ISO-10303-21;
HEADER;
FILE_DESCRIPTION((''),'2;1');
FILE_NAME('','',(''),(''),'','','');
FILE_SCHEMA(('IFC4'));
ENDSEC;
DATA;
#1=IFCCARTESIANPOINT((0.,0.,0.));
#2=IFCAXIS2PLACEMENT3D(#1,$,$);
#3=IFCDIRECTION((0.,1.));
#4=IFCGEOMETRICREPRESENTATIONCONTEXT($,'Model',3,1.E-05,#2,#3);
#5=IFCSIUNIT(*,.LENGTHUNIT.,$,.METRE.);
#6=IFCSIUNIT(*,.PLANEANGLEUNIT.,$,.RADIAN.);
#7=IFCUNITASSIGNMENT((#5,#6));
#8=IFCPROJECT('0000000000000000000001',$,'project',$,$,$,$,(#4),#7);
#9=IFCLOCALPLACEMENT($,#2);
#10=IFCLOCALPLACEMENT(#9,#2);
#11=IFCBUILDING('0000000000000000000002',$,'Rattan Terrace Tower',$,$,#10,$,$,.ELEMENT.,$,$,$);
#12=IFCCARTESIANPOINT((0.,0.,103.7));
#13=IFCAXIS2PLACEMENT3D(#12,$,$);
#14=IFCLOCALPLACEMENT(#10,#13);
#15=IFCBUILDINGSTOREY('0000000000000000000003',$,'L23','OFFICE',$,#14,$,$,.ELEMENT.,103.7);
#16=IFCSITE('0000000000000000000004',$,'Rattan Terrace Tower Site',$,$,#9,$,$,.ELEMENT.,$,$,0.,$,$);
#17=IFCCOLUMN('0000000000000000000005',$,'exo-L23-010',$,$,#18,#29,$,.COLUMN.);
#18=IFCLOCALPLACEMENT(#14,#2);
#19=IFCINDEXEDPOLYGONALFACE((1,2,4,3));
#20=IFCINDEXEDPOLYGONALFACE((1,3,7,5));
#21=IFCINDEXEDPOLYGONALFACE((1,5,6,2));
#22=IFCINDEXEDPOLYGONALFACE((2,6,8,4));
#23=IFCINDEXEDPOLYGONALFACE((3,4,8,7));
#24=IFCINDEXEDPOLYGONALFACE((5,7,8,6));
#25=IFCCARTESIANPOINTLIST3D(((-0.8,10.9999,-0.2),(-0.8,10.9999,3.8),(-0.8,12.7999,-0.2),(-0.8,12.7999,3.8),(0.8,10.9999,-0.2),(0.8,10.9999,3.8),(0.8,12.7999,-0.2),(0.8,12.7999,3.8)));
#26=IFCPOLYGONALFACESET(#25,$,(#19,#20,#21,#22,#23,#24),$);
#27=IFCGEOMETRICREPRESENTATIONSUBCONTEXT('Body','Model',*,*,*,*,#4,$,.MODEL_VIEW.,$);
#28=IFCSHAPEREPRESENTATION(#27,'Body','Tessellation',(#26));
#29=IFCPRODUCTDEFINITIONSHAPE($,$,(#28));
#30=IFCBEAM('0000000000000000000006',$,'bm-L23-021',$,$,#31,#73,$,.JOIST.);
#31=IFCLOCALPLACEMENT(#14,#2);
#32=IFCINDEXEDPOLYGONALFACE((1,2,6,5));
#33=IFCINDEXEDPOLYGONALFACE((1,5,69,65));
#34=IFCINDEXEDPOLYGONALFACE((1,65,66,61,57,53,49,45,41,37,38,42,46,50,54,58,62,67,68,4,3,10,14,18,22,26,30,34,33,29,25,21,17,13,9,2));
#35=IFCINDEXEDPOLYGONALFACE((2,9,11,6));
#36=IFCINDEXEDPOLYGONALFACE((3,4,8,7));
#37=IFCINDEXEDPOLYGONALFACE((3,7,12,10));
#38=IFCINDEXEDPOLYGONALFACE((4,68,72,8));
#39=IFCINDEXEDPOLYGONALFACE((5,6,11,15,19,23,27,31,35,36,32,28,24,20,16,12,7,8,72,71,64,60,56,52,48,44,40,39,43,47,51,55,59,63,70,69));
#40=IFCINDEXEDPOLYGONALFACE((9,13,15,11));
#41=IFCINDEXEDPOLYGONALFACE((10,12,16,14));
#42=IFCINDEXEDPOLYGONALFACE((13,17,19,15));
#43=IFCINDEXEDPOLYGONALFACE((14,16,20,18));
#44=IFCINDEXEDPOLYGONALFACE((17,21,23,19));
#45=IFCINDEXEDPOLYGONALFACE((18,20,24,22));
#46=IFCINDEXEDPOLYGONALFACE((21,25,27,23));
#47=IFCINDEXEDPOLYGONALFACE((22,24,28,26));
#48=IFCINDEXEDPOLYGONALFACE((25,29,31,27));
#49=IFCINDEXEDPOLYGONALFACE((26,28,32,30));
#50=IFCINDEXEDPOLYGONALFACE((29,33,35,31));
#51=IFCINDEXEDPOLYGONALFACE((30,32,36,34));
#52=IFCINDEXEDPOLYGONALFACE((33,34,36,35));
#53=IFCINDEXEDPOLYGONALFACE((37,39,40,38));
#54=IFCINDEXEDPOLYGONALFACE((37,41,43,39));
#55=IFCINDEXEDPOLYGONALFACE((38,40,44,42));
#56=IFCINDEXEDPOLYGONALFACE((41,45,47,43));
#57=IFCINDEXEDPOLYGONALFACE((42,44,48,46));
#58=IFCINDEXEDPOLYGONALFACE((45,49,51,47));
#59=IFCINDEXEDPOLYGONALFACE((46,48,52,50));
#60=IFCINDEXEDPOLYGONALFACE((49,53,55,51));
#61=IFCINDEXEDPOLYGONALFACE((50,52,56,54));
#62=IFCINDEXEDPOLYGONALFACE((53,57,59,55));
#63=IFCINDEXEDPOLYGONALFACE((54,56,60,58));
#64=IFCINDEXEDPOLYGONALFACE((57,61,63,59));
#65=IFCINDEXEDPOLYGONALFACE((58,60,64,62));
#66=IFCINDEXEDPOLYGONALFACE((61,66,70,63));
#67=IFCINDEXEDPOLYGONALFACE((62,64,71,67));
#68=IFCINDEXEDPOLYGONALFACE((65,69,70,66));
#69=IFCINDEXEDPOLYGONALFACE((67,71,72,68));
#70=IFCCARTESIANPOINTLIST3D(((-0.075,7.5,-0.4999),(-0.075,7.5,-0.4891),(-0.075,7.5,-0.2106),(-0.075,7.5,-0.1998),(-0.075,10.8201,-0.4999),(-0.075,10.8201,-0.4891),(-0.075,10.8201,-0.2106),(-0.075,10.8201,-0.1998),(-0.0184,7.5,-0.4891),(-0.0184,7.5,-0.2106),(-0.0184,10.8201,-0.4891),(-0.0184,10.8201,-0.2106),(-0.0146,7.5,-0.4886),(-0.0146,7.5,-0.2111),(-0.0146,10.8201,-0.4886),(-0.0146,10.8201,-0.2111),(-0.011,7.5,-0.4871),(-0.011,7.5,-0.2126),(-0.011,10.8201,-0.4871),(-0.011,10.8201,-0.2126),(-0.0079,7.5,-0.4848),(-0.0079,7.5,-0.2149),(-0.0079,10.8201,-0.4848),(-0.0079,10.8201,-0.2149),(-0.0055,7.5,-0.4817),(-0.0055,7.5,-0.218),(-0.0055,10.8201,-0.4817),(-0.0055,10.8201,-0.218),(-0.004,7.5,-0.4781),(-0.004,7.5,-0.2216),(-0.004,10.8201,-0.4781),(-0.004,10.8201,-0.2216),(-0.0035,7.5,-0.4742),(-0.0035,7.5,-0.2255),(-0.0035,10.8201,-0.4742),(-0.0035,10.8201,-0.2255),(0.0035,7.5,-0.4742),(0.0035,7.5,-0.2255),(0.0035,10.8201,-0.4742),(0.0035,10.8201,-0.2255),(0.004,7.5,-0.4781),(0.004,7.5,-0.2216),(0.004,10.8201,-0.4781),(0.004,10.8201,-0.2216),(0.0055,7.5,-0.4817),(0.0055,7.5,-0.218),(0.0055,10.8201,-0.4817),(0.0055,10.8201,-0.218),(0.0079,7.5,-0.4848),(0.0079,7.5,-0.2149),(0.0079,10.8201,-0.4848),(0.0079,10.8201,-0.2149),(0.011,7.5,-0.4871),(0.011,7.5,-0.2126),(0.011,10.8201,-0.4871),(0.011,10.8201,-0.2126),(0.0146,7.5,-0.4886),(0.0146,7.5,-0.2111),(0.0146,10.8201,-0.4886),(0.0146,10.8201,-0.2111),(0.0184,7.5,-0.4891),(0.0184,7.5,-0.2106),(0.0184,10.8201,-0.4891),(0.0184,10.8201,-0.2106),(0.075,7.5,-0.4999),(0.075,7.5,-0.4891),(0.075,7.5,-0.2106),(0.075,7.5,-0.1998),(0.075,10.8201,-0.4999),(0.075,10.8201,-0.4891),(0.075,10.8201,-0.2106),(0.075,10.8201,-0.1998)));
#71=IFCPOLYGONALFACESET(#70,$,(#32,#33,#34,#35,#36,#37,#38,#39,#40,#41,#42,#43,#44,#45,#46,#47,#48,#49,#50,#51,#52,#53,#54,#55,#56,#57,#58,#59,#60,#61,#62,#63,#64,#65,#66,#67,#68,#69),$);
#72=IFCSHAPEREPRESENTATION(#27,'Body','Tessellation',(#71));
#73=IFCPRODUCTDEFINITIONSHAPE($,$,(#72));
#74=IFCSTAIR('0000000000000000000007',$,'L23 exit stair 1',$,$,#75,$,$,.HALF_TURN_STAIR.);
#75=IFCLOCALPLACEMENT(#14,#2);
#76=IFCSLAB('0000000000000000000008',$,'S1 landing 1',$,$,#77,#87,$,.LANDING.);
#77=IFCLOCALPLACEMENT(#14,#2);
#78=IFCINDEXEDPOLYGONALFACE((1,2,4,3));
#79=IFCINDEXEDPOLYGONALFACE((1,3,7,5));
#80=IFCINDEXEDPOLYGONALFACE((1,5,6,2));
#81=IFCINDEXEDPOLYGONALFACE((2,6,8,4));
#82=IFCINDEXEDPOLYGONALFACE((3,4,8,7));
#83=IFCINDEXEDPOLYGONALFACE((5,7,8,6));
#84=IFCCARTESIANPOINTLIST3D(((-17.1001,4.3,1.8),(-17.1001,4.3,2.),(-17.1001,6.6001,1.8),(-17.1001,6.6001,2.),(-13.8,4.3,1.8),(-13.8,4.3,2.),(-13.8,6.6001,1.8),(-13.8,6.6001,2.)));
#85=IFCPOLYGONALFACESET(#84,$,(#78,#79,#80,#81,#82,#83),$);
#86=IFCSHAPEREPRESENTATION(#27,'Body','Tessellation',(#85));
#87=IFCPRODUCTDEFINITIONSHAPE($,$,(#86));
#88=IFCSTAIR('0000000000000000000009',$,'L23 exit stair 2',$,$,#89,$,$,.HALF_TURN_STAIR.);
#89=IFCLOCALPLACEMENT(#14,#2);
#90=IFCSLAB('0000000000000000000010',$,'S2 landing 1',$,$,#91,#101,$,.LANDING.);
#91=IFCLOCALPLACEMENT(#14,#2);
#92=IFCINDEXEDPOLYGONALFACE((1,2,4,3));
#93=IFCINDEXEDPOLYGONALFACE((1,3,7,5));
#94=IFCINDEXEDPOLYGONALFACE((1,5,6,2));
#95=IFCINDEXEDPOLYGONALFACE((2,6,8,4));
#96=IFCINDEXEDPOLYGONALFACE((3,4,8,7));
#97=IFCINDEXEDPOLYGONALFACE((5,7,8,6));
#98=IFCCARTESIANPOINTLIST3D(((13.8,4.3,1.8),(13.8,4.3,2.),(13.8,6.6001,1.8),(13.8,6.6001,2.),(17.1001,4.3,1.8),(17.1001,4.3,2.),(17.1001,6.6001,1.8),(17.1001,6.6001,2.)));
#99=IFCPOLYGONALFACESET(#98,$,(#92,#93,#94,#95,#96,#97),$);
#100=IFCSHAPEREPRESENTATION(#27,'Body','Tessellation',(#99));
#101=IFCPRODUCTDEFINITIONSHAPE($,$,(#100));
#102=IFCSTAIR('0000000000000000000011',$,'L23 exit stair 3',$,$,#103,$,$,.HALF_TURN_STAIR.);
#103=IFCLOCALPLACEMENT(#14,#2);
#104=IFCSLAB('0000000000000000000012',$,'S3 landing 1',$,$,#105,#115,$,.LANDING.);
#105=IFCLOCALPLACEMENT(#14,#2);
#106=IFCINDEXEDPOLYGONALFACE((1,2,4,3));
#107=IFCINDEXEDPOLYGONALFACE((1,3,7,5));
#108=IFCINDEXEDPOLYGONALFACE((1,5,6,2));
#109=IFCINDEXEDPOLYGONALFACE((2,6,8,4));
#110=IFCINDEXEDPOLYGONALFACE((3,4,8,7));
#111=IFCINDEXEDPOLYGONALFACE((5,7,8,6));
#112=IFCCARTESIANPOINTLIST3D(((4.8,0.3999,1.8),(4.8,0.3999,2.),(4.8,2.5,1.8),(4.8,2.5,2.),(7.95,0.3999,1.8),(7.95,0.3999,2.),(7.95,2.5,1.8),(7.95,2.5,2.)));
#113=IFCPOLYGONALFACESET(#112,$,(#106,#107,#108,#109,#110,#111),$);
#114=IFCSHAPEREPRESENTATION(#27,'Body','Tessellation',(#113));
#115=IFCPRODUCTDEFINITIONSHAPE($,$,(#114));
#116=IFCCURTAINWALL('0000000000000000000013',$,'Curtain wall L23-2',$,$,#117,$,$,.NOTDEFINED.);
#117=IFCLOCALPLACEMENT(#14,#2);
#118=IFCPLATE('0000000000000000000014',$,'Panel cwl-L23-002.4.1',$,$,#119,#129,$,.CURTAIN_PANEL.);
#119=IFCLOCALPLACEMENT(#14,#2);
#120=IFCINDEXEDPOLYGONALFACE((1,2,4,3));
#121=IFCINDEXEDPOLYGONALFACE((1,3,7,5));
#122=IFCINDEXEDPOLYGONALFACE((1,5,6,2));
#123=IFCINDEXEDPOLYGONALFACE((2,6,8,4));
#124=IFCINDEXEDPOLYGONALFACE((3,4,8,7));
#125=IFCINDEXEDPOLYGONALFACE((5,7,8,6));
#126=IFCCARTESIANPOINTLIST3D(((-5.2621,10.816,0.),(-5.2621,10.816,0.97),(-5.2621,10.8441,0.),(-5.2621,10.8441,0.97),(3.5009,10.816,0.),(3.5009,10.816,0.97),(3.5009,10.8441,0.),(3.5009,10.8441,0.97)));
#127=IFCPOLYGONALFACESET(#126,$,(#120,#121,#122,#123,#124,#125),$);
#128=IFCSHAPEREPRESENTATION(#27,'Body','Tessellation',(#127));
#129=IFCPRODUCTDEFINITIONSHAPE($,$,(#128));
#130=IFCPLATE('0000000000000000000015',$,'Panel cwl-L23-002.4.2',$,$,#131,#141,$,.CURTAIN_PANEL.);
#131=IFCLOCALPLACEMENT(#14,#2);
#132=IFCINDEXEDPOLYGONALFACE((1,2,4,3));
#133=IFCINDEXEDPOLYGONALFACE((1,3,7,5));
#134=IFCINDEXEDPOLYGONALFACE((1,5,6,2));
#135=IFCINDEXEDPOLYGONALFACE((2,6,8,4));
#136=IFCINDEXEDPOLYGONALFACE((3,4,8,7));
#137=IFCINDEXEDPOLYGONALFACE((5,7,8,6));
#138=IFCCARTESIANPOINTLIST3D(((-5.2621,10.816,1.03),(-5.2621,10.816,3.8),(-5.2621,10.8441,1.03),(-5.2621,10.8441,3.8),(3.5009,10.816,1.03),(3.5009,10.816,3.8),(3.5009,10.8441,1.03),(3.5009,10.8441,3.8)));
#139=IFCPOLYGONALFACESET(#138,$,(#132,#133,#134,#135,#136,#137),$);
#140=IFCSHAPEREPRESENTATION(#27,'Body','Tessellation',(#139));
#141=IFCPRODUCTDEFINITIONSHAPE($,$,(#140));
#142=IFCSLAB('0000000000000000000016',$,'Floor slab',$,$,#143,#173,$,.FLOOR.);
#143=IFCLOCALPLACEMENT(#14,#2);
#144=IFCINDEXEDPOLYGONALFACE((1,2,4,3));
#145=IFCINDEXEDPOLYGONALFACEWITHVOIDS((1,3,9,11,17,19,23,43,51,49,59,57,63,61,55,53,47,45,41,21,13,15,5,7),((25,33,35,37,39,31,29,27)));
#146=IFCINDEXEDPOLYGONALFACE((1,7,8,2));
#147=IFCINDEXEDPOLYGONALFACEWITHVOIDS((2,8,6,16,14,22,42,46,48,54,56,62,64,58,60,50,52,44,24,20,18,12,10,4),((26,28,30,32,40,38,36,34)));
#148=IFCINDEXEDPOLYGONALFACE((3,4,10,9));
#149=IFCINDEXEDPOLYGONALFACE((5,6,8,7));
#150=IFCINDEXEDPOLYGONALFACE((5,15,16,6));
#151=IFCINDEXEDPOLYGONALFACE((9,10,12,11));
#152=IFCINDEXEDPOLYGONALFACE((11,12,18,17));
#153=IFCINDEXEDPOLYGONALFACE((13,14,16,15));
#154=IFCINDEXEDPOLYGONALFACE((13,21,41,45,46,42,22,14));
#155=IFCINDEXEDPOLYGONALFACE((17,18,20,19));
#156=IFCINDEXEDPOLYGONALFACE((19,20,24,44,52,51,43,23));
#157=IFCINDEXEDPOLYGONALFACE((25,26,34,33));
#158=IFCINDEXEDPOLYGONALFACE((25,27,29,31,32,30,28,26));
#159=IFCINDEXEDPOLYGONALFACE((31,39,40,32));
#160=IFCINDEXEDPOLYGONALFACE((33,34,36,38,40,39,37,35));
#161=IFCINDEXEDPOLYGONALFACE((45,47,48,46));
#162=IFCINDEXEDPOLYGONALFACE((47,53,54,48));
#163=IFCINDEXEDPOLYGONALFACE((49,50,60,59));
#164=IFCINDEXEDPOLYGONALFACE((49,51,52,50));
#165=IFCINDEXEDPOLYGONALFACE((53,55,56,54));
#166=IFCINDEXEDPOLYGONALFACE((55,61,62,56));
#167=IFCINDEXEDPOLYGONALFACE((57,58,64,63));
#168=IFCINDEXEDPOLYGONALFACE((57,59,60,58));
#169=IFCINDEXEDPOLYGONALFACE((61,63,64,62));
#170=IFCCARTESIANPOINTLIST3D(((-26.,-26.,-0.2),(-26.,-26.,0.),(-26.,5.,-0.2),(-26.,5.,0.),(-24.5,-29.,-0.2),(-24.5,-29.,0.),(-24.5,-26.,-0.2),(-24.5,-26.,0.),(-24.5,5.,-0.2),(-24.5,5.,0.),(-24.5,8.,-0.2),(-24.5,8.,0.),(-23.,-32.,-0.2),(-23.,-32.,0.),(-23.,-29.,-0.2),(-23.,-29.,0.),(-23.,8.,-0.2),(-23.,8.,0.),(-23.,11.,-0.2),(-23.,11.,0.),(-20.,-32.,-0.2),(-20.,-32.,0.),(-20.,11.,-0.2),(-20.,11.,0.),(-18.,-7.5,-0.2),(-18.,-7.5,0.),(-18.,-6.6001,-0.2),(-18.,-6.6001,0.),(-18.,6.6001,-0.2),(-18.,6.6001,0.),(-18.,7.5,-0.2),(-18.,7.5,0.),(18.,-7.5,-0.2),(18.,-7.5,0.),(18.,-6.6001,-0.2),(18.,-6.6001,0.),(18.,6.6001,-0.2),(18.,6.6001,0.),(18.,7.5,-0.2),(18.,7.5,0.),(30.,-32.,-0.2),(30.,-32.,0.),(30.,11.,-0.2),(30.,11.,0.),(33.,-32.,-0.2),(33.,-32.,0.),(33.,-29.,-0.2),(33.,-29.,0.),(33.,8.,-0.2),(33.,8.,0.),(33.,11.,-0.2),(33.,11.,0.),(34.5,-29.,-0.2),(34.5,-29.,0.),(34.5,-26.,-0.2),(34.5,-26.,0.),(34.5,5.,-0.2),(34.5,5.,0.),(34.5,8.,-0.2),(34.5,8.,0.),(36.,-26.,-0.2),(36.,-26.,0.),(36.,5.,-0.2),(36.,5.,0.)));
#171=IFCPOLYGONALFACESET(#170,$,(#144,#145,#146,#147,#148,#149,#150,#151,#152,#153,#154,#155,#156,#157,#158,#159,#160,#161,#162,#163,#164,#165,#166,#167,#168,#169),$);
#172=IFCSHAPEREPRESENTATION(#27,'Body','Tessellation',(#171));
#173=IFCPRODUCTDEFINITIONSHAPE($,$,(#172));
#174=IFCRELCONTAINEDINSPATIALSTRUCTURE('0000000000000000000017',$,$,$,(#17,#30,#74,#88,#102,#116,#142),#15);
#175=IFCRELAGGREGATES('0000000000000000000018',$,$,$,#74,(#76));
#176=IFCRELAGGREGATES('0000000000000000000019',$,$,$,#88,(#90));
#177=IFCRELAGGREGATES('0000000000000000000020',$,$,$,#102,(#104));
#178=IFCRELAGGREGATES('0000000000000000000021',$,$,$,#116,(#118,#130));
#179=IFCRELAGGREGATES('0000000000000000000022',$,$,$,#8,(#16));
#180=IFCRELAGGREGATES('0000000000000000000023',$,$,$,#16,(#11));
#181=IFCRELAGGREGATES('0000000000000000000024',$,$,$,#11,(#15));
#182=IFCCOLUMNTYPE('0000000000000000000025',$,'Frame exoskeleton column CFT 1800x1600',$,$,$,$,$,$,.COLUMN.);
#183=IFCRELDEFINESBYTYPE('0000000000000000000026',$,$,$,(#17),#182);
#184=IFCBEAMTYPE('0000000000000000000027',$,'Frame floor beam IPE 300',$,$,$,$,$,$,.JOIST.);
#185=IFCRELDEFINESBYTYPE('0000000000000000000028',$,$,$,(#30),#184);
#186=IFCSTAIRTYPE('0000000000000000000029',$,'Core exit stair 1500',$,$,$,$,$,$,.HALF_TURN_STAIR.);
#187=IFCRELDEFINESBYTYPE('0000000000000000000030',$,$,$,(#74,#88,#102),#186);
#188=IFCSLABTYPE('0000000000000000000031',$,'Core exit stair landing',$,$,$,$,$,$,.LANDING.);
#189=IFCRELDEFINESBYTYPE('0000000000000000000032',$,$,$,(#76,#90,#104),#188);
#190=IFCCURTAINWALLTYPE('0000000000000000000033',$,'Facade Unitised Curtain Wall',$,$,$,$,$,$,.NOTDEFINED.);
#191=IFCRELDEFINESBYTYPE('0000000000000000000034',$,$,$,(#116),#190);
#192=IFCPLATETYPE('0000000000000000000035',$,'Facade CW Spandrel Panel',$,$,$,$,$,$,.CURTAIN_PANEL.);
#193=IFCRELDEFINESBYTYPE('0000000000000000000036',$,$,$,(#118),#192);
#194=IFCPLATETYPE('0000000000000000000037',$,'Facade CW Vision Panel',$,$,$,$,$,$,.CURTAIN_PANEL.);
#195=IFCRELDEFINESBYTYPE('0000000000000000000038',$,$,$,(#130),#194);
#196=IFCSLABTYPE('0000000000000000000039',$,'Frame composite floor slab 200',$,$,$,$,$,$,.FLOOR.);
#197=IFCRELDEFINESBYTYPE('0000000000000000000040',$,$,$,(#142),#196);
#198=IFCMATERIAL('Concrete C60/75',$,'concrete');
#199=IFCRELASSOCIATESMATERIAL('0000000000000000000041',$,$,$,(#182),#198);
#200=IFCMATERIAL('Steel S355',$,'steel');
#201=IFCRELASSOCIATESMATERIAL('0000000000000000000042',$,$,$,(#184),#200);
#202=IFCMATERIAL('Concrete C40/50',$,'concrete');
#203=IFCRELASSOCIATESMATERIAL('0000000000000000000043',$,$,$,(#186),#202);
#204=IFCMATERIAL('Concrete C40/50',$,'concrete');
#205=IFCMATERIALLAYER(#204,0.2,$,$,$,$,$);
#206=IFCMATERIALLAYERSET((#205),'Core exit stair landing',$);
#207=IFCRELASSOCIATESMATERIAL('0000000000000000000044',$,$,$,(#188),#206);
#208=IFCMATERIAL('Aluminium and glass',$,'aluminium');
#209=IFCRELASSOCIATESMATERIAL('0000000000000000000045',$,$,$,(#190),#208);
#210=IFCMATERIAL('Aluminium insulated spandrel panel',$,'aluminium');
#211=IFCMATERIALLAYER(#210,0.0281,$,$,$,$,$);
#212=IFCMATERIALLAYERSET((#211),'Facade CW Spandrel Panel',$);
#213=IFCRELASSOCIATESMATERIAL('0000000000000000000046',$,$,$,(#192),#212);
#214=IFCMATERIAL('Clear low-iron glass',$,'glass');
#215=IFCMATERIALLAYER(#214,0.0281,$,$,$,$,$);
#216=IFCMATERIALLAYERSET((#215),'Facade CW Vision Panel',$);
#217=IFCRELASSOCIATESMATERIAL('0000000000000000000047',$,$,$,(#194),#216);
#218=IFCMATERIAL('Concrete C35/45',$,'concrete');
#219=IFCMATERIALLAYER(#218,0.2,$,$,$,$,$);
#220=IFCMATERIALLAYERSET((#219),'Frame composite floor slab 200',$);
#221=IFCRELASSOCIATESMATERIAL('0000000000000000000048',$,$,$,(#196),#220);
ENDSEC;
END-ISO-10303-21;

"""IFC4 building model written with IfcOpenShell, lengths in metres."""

from ifc_helpers import new_model, si_unit, direction, frame, origin, origin_2d, place, context, subcontext, project, spatial, polyline, rectangle, i_section, outline, extrude, material, layer, layer_set, material_profile, profile_set, type_object, element, aggregate, save


model = new_model("IFC4")

# Units and contexts
model_context = context("Model", 3, precision=1e-05, world=origin(), true_north=direction((0.0, 1.0)))
body_context = subcontext(model_context, "Body", "Model", "MODEL_VIEW")
ifc_project = project(units=[si_unit("LENGTHUNIT", "METRE"), si_unit("PLANEANGLEUNIT", "RADIAN")], contexts=[model_context])

# Site, building, storey
site_placement = place(None, origin())
site = spatial("IfcSite", under=ifc_project, at=site_placement, Name="Rattan Terrace Tower Site", CompositionType="ELEMENT", RefElevation=0.0)
building_placement = place(site_placement, origin())
building = spatial("IfcBuilding", under=site, at=building_placement, Name="Rattan Terrace Tower", CompositionType="ELEMENT")
storey_placement = place(building_placement, frame((0.0, 0.0, 103.7)))
storey = spatial("IfcBuildingStorey", under=building, at=storey_placement, Name="L23", Description="OFFICE", CompositionType="ELEMENT", Elevation=103.7)

# Column
ifc_material_1 = material(Name="Concrete C60/75", Category="concrete")
ifc_material_profile_1 = material_profile(ifc_material_1, rectangle(XDim=1.6001, YDim=1.8, at=origin_2d()), Name="CFT 1800x1600")
ifc_profile_set_1 = profile_set([ifc_material_profile_1], Name="Concrete C60/75")
column_type = type_object("IfcColumnType", Name="Frame exoskeleton column CFT 1800x1600", PredefinedType="COLUMN", material=ifc_profile_set_1)
column_placement = place(storey_placement, frame((0.0, 11.8999, -0.2), z_axis=(0.0, 0.0, 1.0), x_axis=(1.0, 0.0, 0.0)))
element("IfcColumn", 1, at=column_placement, inside=storey, type_object=column_type, Name="exo-L23-010", PredefinedType="COLUMN", context=body_context, shape_type="SweptSolid", body=[
    extrude(rectangle(XDim=1.6001, YDim=1.8, at=origin_2d()), origin(), (0.0, 0.0, 1.0), 4.0),
])

# Beam
ifc_material_2 = material(Name="Steel S355", Category="steel")
ifc_material_profile_2 = material_profile(ifc_material_2, i_section(OverallWidth=0.1499, OverallDepth=0.3, WebThickness=0.0071, FlangeThickness=0.0107, FilletRadius=0.0149, at=origin_2d()), Name="IPE 300")
ifc_profile_set_2 = profile_set([ifc_material_profile_2], Name="Steel S355")
beam_type = type_object("IfcBeamType", Name="Frame floor beam IPE 300", PredefinedType="JOIST", material=ifc_profile_set_2)
beam_placement = place(storey_placement, frame((0.0, 7.5, -0.3499), z_axis=(0.0, 1.0, 0.0), x_axis=(-1.0, 0.0, 0.0)))
element("IfcBeam", 2, at=beam_placement, inside=storey, type_object=beam_type, Name="bm-L23-021", PredefinedType="JOIST", context=body_context, shape_type="SweptSolid", body=[
    extrude(i_section(OverallWidth=0.1499, OverallDepth=0.3, WebThickness=0.0071, FlangeThickness=0.0107, FilletRadius=0.0149, at=origin_2d()), origin(), (0.0, 0.0, 1.0), 3.3201),
])

# Stairs, slabs
ifc_material_3 = material(Name="Concrete C40/50", Category="concrete")
stair_type = type_object("IfcStairType", Name="Core exit stair 1500", PredefinedType="HALF_TURN_STAIR", material=ifc_material_3)
stair_1_placement = place(storey_placement, origin())
stair_1 = element("IfcStair", 3, at=stair_1_placement, inside=storey, type_object=stair_type, Name="L23 exit stair 1", PredefinedType="HALF_TURN_STAIR")
ifc_material_4 = material(Name="Concrete C40/50", Category="concrete")
ifc_layer_1 = layer(ifc_material_4, 0.2)
ifc_layer_set_1 = layer_set([ifc_layer_1], Name="Core exit stair landing")
slab_type_1 = type_object("IfcSlabType", Name="Core exit stair landing", PredefinedType="LANDING", material=ifc_layer_set_1)
slab_1_placement = place(storey_placement, frame((0.0, 0.0, 1.8)))
slab_1 = element("IfcSlab", 4, at=slab_1_placement, type_object=slab_type_1, Name="S1 landing 1", PredefinedType="LANDING", context=body_context, shape_type="SweptSolid", body=[
    extrude(outline(polyline([(-13.8, 4.3), (-13.8, 6.6001), (-17.1001, 6.6001), (-17.1001, 4.3), (-13.8, 4.3)])), origin(), (0.0, 0.0, 1.0), 0.2),
])
aggregate(stair_1, [slab_1])
stair_2_placement = place(storey_placement, origin())
stair_2 = element("IfcStair", 5, at=stair_2_placement, inside=storey, type_object=stair_type, Name="L23 exit stair 2", PredefinedType="HALF_TURN_STAIR")
slab_2_placement = place(storey_placement, frame((0.0, 0.0, 1.8)))
slab_2 = element("IfcSlab", 6, at=slab_2_placement, type_object=slab_type_1, Name="S2 landing 1", PredefinedType="LANDING", context=body_context, shape_type="SweptSolid", body=[
    extrude(outline(polyline([(17.1001, 4.3), (17.1001, 6.6001), (13.8, 6.6001), (13.8, 4.3), (17.1001, 4.3)])), origin(), (0.0, 0.0, 1.0), 0.2),
])
aggregate(stair_2, [slab_2])
stair_3_placement = place(storey_placement, origin())
stair_3 = element("IfcStair", 7, at=stair_3_placement, inside=storey, type_object=stair_type, Name="L23 exit stair 3", PredefinedType="HALF_TURN_STAIR")
slab_3_placement = place(storey_placement, frame((0.0, 0.0, 1.8)))
slab_3 = element("IfcSlab", 8, at=slab_3_placement, type_object=slab_type_1, Name="S3 landing 1", PredefinedType="LANDING", context=body_context, shape_type="SweptSolid", body=[
    extrude(outline(polyline([(4.8, 2.5), (4.8, 0.3999), (7.95, 0.3999), (7.95, 2.5), (4.8, 2.5)])), origin(), (0.0, 0.0, 1.0), 0.2),
])
aggregate(stair_3, [slab_3])

# Curtain wall, plates
ifc_material_5 = material(Name="Aluminium and glass", Category="aluminium")
curtain_wall_type = type_object("IfcCurtainWallType", Name="Facade Unitised Curtain Wall", PredefinedType="NOTDEFINED", material=ifc_material_5)
curtain_wall_placement = place(storey_placement, origin())
curtain_wall = element("IfcCurtainWall", 9, at=curtain_wall_placement, inside=storey, type_object=curtain_wall_type, Name="Curtain wall L23-2", PredefinedType="NOTDEFINED")
ifc_material_6 = material(Name="Aluminium insulated spandrel panel", Category="aluminium")
ifc_layer_2 = layer(ifc_material_6, 0.0281)
ifc_layer_set_2 = layer_set([ifc_layer_2], Name="Facade CW Spandrel Panel")
plate_type_1 = type_object("IfcPlateType", Name="Facade CW Spandrel Panel", PredefinedType="CURTAIN_PANEL", material=ifc_layer_set_2)
plate_1_placement = place(storey_placement, frame((-0.8806, 10.8301, 0.0), z_axis=(0.0, 0.0, 1.0), x_axis=(-1.0, 0.0, 0.0)))
plate_1 = element("IfcPlate", 10, at=plate_1_placement, type_object=plate_type_1, Name="Panel cwl-L23-002.4.1", PredefinedType="CURTAIN_PANEL", context=body_context, shape_type="SweptSolid", body=[
    extrude(rectangle(XDim=8.7629, YDim=0.0281, at=origin_2d()), origin(), (0.0, 0.0, 1.0), 0.97),
])
ifc_material_7 = material(Name="Clear low-iron glass", Category="glass")
ifc_layer_3 = layer(ifc_material_7, 0.0281)
ifc_layer_set_3 = layer_set([ifc_layer_3], Name="Facade CW Vision Panel")
plate_type_2 = type_object("IfcPlateType", Name="Facade CW Vision Panel", PredefinedType="CURTAIN_PANEL", material=ifc_layer_set_3)
plate_2_placement = place(storey_placement, frame((-0.8806, 10.8301, 1.03), z_axis=(0.0, 0.0, 1.0), x_axis=(-1.0, 0.0, 0.0)))
plate_2 = element("IfcPlate", 11, at=plate_2_placement, type_object=plate_type_2, Name="Panel cwl-L23-002.4.2", PredefinedType="CURTAIN_PANEL", context=body_context, shape_type="SweptSolid", body=[
    extrude(rectangle(XDim=8.7629, YDim=0.0281, at=origin_2d()), origin(), (0.0, 0.0, 1.0), 2.77),
])
aggregate(curtain_wall, [plate_1, plate_2])

# Slab
ifc_material_8 = material(Name="Concrete C35/45", Category="concrete")
ifc_layer_4 = layer(ifc_material_8, 0.2)
ifc_layer_set_4 = layer_set([ifc_layer_4], Name="Frame composite floor slab 200")
slab_type_2 = type_object("IfcSlabType", Name="Frame composite floor slab 200", PredefinedType="FLOOR", material=ifc_layer_set_4)
slab_4_placement = place(storey_placement, frame((0.0, 0.0, -0.2)))
element("IfcSlab", 12, at=slab_4_placement, inside=storey, type_object=slab_type_2, Name="Floor slab", PredefinedType="FLOOR", context=body_context, shape_type="SweptSolid", body=[
    extrude(outline(polyline([(-20.0, -32.0), (30.0, -32.0), (33.0, -32.0), (33.0, -29.0), (34.5, -29.0), (34.5, -26.0), (36.0, -26.0), (36.0, 5.0), (34.5, 5.0), (34.5, 8.0), (33.0, 8.0), (33.0, 11.0), (30.0, 11.0), (-20.0, 11.0), (-23.0, 11.0), (-23.0, 8.0), (-24.5, 8.0), (-24.5, 5.0), (-26.0, 5.0), (-26.0, -26.0), (-24.5, -26.0), (-24.5, -29.0), (-23.0, -29.0), (-23.0, -32.0), (-20.0, -32.0)]), holes=[polyline([(-18.0, -6.6001), (-18.0, -7.5), (18.0, -7.5), (18.0, -6.6001), (18.0, 6.6001), (18.0, 7.5), (-18.0, 7.5), (-18.0, 6.6001), (-18.0, -6.6001)])]), origin(), (0.0, 0.0, 1.0), 0.2),
])

save(model, "model.ifc")
